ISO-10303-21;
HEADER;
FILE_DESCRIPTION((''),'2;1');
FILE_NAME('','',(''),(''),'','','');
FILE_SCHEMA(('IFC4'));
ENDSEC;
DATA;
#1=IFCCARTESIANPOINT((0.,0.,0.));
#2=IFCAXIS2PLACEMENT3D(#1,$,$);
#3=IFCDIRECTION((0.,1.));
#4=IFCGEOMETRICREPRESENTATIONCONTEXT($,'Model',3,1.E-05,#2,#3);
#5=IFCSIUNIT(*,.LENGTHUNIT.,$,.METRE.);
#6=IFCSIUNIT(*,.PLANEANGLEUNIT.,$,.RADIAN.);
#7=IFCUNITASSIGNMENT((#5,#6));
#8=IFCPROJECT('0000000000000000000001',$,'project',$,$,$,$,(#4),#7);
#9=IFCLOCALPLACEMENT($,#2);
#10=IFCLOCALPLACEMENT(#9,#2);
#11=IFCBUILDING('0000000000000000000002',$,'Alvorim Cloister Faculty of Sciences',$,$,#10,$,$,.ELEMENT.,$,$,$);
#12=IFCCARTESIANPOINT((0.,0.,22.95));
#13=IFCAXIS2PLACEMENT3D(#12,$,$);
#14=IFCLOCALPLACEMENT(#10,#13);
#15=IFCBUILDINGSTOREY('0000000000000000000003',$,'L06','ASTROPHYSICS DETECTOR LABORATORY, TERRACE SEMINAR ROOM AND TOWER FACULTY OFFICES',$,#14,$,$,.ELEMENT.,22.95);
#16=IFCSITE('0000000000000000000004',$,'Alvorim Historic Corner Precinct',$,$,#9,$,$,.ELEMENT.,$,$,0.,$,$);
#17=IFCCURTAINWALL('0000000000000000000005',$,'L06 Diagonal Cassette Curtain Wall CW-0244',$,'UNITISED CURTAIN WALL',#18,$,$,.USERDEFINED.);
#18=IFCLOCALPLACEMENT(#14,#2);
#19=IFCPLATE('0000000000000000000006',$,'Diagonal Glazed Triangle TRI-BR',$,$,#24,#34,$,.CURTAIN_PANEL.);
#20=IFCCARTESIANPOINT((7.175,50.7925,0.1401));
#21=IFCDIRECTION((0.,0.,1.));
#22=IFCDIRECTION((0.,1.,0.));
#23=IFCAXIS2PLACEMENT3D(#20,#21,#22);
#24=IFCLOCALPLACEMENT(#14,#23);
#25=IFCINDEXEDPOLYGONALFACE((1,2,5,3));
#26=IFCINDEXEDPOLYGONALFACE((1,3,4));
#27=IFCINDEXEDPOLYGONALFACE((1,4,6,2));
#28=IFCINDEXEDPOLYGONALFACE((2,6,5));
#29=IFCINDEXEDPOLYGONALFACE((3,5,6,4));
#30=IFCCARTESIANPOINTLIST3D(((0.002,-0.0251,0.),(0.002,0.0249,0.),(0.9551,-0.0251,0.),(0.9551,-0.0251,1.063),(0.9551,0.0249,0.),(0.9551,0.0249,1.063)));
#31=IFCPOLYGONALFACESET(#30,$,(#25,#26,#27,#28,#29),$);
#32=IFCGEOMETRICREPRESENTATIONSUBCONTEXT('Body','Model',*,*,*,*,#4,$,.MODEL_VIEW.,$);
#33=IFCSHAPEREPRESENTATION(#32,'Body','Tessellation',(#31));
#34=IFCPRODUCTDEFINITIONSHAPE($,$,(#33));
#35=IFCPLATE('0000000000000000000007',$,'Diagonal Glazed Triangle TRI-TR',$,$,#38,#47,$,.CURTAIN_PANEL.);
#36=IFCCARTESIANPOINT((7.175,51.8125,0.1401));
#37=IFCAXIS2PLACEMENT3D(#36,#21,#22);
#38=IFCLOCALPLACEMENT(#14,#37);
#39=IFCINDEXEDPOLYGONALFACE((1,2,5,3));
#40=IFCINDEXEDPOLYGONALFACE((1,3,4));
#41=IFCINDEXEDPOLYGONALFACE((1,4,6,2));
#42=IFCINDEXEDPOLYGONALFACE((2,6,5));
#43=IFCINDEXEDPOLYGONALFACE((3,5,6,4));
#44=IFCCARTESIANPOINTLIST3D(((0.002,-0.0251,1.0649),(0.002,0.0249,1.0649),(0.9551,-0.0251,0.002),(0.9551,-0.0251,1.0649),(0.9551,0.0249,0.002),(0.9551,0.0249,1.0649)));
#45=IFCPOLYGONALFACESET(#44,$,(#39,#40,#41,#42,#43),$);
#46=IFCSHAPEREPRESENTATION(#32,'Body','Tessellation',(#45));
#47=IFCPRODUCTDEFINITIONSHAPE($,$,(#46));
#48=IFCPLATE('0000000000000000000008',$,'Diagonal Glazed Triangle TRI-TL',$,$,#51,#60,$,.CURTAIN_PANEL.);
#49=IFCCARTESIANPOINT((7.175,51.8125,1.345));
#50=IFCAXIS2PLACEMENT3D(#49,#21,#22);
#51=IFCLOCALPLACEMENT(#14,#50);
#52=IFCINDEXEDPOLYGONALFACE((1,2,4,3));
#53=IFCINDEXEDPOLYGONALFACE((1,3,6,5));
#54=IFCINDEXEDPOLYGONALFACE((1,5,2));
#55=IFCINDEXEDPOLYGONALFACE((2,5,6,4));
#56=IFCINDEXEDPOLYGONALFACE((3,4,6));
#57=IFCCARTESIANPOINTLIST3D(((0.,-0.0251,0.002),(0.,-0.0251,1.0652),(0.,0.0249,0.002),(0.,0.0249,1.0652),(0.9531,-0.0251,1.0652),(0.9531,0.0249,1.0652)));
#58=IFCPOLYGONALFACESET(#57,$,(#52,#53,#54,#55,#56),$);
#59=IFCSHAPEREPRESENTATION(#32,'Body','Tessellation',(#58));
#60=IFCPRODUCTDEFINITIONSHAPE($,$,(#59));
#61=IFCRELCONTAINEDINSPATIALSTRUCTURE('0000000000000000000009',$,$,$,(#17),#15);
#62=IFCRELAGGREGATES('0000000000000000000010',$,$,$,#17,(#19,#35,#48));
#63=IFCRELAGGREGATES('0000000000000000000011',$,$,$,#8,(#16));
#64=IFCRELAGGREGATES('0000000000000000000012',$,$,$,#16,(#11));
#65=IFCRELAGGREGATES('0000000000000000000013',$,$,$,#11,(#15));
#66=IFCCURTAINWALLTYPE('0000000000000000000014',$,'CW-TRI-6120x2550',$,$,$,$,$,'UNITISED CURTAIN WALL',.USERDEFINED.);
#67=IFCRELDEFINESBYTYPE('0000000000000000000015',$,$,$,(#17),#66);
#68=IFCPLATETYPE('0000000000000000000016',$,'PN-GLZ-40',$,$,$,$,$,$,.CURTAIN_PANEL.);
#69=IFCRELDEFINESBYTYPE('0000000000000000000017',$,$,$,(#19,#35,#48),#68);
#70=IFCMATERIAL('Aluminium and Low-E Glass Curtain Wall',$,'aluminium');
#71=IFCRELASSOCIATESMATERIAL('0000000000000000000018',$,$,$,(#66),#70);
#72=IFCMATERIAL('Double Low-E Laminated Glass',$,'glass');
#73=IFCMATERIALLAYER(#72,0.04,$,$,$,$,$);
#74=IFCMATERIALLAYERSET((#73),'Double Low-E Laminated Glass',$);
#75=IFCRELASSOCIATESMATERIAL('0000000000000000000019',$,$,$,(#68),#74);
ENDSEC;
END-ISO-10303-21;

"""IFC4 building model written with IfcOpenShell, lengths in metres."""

from ifc_helpers import new_model, si_unit, direction, frame, origin, place, context, subcontext, project, spatial, polyline, outline, extrude, material, layer, layer_set, type_object, element, aggregate, save


model = new_model("IFC4")

# Units and contexts
model_context = context("Model", 3, precision=1e-05, world=origin(), true_north=direction((0.0, 1.0)))
body_context = subcontext(model_context, "Body", "Model", "MODEL_VIEW")
ifc_project = project(units=[si_unit("LENGTHUNIT", "METRE"), si_unit("PLANEANGLEUNIT", "RADIAN")], contexts=[model_context])

# Site, building, storey
site_placement = place(None, origin())
site = spatial("IfcSite", under=ifc_project, at=site_placement, Name="Alvorim Historic Corner Precinct", CompositionType="ELEMENT", RefElevation=0.0)
building_placement = place(site_placement, origin())
building = spatial("IfcBuilding", under=site, at=building_placement, Name="Alvorim Cloister Faculty of Sciences", CompositionType="ELEMENT")
storey_placement = place(building_placement, frame((0.0, 0.0, 22.95)))
storey = spatial("IfcBuildingStorey", under=building, at=storey_placement, Name="L06", Description="ASTROPHYSICS DETECTOR LABORATORY, TERRACE SEMINAR ROOM AND TOWER FACULTY OFFICES", CompositionType="ELEMENT", Elevation=22.95)

# Curtain wall, plates
ifc_material_1 = material(Name="Aluminium and Low-E Glass Curtain Wall", Category="aluminium")
curtain_wall_type = type_object("IfcCurtainWallType", Name="CW-TRI-6120x2550", ElementType="UNITISED CURTAIN WALL", PredefinedType="USERDEFINED", material=ifc_material_1)
curtain_wall_placement = place(storey_placement, origin())
curtain_wall = element("IfcCurtainWall", 1, at=curtain_wall_placement, inside=storey, type_object=curtain_wall_type, Name="L06 Diagonal Cassette Curtain Wall CW-0244", ObjectType="UNITISED CURTAIN WALL", PredefinedType="USERDEFINED")
ifc_material_2 = material(Name="Double Low-E Laminated Glass", Category="glass")
ifc_layer = layer(ifc_material_2, 0.04)
ifc_layer_set = layer_set([ifc_layer], Name="Double Low-E Laminated Glass")
plate_type = type_object("IfcPlateType", Name="PN-GLZ-40", PredefinedType="CURTAIN_PANEL", material=ifc_layer_set)
plate_1_placement = place(storey_placement, frame((7.175, 50.7925, 0.1401), z_axis=(0.0, 0.0, 1.0), x_axis=(0.0, 1.0, 0.0)))
plate_1 = element("IfcPlate", 2, at=plate_1_placement, type_object=plate_type, Name="Diagonal Glazed Triangle TRI-BR", PredefinedType="CURTAIN_PANEL", context=body_context, shape_type="SweptSolid", body=[
    extrude(outline(polyline([(0.002, 0.0), (0.9551, 0.0), (0.9551, 1.063), (0.002, 0.0)])), frame((0.0, 0.0249, 0.0), z_axis=(0.0, -1.0, 0.0), x_axis=(1.0, 0.0, 0.0)), (0.0, 0.0, 1.0), 0.05),
])
plate_2_placement = place(storey_placement, frame((7.175, 51.8125, 0.1401), z_axis=(0.0, 0.0, 1.0), x_axis=(0.0, 1.0, 0.0)))
plate_2 = element("IfcPlate", 3, at=plate_2_placement, type_object=plate_type, Name="Diagonal Glazed Triangle TRI-TR", PredefinedType="CURTAIN_PANEL", context=body_context, shape_type="SweptSolid", body=[
    extrude(outline(polyline([(0.9551, 0.002), (0.9551, 1.0649), (0.002, 1.0649), (0.9551, 0.002)])), frame((0.0, 0.0249, 0.0), z_axis=(0.0, -1.0, 0.0), x_axis=(1.0, 0.0, 0.0)), (0.0, 0.0, 1.0), 0.05),
])
plate_3_placement = place(storey_placement, frame((7.175, 51.8125, 1.345), z_axis=(0.0, 0.0, 1.0), x_axis=(0.0, 1.0, 0.0)))
plate_3 = element("IfcPlate", 4, at=plate_3_placement, type_object=plate_type, Name="Diagonal Glazed Triangle TRI-TL", PredefinedType="CURTAIN_PANEL", context=body_context, shape_type="SweptSolid", body=[
    extrude(outline(polyline([(0.9531, 1.0652), (0.0, 1.0652), (0.0, 0.002), (0.9531, 1.0652)])), frame((0.0, 0.0249, 0.0), z_axis=(0.0, -1.0, 0.0), x_axis=(1.0, 0.0, 0.0)), (0.0, 0.0, 1.0), 0.05),
])
aggregate(curtain_wall, [plate_1, plate_2, plate_3])

save(model, "model.ifc")
